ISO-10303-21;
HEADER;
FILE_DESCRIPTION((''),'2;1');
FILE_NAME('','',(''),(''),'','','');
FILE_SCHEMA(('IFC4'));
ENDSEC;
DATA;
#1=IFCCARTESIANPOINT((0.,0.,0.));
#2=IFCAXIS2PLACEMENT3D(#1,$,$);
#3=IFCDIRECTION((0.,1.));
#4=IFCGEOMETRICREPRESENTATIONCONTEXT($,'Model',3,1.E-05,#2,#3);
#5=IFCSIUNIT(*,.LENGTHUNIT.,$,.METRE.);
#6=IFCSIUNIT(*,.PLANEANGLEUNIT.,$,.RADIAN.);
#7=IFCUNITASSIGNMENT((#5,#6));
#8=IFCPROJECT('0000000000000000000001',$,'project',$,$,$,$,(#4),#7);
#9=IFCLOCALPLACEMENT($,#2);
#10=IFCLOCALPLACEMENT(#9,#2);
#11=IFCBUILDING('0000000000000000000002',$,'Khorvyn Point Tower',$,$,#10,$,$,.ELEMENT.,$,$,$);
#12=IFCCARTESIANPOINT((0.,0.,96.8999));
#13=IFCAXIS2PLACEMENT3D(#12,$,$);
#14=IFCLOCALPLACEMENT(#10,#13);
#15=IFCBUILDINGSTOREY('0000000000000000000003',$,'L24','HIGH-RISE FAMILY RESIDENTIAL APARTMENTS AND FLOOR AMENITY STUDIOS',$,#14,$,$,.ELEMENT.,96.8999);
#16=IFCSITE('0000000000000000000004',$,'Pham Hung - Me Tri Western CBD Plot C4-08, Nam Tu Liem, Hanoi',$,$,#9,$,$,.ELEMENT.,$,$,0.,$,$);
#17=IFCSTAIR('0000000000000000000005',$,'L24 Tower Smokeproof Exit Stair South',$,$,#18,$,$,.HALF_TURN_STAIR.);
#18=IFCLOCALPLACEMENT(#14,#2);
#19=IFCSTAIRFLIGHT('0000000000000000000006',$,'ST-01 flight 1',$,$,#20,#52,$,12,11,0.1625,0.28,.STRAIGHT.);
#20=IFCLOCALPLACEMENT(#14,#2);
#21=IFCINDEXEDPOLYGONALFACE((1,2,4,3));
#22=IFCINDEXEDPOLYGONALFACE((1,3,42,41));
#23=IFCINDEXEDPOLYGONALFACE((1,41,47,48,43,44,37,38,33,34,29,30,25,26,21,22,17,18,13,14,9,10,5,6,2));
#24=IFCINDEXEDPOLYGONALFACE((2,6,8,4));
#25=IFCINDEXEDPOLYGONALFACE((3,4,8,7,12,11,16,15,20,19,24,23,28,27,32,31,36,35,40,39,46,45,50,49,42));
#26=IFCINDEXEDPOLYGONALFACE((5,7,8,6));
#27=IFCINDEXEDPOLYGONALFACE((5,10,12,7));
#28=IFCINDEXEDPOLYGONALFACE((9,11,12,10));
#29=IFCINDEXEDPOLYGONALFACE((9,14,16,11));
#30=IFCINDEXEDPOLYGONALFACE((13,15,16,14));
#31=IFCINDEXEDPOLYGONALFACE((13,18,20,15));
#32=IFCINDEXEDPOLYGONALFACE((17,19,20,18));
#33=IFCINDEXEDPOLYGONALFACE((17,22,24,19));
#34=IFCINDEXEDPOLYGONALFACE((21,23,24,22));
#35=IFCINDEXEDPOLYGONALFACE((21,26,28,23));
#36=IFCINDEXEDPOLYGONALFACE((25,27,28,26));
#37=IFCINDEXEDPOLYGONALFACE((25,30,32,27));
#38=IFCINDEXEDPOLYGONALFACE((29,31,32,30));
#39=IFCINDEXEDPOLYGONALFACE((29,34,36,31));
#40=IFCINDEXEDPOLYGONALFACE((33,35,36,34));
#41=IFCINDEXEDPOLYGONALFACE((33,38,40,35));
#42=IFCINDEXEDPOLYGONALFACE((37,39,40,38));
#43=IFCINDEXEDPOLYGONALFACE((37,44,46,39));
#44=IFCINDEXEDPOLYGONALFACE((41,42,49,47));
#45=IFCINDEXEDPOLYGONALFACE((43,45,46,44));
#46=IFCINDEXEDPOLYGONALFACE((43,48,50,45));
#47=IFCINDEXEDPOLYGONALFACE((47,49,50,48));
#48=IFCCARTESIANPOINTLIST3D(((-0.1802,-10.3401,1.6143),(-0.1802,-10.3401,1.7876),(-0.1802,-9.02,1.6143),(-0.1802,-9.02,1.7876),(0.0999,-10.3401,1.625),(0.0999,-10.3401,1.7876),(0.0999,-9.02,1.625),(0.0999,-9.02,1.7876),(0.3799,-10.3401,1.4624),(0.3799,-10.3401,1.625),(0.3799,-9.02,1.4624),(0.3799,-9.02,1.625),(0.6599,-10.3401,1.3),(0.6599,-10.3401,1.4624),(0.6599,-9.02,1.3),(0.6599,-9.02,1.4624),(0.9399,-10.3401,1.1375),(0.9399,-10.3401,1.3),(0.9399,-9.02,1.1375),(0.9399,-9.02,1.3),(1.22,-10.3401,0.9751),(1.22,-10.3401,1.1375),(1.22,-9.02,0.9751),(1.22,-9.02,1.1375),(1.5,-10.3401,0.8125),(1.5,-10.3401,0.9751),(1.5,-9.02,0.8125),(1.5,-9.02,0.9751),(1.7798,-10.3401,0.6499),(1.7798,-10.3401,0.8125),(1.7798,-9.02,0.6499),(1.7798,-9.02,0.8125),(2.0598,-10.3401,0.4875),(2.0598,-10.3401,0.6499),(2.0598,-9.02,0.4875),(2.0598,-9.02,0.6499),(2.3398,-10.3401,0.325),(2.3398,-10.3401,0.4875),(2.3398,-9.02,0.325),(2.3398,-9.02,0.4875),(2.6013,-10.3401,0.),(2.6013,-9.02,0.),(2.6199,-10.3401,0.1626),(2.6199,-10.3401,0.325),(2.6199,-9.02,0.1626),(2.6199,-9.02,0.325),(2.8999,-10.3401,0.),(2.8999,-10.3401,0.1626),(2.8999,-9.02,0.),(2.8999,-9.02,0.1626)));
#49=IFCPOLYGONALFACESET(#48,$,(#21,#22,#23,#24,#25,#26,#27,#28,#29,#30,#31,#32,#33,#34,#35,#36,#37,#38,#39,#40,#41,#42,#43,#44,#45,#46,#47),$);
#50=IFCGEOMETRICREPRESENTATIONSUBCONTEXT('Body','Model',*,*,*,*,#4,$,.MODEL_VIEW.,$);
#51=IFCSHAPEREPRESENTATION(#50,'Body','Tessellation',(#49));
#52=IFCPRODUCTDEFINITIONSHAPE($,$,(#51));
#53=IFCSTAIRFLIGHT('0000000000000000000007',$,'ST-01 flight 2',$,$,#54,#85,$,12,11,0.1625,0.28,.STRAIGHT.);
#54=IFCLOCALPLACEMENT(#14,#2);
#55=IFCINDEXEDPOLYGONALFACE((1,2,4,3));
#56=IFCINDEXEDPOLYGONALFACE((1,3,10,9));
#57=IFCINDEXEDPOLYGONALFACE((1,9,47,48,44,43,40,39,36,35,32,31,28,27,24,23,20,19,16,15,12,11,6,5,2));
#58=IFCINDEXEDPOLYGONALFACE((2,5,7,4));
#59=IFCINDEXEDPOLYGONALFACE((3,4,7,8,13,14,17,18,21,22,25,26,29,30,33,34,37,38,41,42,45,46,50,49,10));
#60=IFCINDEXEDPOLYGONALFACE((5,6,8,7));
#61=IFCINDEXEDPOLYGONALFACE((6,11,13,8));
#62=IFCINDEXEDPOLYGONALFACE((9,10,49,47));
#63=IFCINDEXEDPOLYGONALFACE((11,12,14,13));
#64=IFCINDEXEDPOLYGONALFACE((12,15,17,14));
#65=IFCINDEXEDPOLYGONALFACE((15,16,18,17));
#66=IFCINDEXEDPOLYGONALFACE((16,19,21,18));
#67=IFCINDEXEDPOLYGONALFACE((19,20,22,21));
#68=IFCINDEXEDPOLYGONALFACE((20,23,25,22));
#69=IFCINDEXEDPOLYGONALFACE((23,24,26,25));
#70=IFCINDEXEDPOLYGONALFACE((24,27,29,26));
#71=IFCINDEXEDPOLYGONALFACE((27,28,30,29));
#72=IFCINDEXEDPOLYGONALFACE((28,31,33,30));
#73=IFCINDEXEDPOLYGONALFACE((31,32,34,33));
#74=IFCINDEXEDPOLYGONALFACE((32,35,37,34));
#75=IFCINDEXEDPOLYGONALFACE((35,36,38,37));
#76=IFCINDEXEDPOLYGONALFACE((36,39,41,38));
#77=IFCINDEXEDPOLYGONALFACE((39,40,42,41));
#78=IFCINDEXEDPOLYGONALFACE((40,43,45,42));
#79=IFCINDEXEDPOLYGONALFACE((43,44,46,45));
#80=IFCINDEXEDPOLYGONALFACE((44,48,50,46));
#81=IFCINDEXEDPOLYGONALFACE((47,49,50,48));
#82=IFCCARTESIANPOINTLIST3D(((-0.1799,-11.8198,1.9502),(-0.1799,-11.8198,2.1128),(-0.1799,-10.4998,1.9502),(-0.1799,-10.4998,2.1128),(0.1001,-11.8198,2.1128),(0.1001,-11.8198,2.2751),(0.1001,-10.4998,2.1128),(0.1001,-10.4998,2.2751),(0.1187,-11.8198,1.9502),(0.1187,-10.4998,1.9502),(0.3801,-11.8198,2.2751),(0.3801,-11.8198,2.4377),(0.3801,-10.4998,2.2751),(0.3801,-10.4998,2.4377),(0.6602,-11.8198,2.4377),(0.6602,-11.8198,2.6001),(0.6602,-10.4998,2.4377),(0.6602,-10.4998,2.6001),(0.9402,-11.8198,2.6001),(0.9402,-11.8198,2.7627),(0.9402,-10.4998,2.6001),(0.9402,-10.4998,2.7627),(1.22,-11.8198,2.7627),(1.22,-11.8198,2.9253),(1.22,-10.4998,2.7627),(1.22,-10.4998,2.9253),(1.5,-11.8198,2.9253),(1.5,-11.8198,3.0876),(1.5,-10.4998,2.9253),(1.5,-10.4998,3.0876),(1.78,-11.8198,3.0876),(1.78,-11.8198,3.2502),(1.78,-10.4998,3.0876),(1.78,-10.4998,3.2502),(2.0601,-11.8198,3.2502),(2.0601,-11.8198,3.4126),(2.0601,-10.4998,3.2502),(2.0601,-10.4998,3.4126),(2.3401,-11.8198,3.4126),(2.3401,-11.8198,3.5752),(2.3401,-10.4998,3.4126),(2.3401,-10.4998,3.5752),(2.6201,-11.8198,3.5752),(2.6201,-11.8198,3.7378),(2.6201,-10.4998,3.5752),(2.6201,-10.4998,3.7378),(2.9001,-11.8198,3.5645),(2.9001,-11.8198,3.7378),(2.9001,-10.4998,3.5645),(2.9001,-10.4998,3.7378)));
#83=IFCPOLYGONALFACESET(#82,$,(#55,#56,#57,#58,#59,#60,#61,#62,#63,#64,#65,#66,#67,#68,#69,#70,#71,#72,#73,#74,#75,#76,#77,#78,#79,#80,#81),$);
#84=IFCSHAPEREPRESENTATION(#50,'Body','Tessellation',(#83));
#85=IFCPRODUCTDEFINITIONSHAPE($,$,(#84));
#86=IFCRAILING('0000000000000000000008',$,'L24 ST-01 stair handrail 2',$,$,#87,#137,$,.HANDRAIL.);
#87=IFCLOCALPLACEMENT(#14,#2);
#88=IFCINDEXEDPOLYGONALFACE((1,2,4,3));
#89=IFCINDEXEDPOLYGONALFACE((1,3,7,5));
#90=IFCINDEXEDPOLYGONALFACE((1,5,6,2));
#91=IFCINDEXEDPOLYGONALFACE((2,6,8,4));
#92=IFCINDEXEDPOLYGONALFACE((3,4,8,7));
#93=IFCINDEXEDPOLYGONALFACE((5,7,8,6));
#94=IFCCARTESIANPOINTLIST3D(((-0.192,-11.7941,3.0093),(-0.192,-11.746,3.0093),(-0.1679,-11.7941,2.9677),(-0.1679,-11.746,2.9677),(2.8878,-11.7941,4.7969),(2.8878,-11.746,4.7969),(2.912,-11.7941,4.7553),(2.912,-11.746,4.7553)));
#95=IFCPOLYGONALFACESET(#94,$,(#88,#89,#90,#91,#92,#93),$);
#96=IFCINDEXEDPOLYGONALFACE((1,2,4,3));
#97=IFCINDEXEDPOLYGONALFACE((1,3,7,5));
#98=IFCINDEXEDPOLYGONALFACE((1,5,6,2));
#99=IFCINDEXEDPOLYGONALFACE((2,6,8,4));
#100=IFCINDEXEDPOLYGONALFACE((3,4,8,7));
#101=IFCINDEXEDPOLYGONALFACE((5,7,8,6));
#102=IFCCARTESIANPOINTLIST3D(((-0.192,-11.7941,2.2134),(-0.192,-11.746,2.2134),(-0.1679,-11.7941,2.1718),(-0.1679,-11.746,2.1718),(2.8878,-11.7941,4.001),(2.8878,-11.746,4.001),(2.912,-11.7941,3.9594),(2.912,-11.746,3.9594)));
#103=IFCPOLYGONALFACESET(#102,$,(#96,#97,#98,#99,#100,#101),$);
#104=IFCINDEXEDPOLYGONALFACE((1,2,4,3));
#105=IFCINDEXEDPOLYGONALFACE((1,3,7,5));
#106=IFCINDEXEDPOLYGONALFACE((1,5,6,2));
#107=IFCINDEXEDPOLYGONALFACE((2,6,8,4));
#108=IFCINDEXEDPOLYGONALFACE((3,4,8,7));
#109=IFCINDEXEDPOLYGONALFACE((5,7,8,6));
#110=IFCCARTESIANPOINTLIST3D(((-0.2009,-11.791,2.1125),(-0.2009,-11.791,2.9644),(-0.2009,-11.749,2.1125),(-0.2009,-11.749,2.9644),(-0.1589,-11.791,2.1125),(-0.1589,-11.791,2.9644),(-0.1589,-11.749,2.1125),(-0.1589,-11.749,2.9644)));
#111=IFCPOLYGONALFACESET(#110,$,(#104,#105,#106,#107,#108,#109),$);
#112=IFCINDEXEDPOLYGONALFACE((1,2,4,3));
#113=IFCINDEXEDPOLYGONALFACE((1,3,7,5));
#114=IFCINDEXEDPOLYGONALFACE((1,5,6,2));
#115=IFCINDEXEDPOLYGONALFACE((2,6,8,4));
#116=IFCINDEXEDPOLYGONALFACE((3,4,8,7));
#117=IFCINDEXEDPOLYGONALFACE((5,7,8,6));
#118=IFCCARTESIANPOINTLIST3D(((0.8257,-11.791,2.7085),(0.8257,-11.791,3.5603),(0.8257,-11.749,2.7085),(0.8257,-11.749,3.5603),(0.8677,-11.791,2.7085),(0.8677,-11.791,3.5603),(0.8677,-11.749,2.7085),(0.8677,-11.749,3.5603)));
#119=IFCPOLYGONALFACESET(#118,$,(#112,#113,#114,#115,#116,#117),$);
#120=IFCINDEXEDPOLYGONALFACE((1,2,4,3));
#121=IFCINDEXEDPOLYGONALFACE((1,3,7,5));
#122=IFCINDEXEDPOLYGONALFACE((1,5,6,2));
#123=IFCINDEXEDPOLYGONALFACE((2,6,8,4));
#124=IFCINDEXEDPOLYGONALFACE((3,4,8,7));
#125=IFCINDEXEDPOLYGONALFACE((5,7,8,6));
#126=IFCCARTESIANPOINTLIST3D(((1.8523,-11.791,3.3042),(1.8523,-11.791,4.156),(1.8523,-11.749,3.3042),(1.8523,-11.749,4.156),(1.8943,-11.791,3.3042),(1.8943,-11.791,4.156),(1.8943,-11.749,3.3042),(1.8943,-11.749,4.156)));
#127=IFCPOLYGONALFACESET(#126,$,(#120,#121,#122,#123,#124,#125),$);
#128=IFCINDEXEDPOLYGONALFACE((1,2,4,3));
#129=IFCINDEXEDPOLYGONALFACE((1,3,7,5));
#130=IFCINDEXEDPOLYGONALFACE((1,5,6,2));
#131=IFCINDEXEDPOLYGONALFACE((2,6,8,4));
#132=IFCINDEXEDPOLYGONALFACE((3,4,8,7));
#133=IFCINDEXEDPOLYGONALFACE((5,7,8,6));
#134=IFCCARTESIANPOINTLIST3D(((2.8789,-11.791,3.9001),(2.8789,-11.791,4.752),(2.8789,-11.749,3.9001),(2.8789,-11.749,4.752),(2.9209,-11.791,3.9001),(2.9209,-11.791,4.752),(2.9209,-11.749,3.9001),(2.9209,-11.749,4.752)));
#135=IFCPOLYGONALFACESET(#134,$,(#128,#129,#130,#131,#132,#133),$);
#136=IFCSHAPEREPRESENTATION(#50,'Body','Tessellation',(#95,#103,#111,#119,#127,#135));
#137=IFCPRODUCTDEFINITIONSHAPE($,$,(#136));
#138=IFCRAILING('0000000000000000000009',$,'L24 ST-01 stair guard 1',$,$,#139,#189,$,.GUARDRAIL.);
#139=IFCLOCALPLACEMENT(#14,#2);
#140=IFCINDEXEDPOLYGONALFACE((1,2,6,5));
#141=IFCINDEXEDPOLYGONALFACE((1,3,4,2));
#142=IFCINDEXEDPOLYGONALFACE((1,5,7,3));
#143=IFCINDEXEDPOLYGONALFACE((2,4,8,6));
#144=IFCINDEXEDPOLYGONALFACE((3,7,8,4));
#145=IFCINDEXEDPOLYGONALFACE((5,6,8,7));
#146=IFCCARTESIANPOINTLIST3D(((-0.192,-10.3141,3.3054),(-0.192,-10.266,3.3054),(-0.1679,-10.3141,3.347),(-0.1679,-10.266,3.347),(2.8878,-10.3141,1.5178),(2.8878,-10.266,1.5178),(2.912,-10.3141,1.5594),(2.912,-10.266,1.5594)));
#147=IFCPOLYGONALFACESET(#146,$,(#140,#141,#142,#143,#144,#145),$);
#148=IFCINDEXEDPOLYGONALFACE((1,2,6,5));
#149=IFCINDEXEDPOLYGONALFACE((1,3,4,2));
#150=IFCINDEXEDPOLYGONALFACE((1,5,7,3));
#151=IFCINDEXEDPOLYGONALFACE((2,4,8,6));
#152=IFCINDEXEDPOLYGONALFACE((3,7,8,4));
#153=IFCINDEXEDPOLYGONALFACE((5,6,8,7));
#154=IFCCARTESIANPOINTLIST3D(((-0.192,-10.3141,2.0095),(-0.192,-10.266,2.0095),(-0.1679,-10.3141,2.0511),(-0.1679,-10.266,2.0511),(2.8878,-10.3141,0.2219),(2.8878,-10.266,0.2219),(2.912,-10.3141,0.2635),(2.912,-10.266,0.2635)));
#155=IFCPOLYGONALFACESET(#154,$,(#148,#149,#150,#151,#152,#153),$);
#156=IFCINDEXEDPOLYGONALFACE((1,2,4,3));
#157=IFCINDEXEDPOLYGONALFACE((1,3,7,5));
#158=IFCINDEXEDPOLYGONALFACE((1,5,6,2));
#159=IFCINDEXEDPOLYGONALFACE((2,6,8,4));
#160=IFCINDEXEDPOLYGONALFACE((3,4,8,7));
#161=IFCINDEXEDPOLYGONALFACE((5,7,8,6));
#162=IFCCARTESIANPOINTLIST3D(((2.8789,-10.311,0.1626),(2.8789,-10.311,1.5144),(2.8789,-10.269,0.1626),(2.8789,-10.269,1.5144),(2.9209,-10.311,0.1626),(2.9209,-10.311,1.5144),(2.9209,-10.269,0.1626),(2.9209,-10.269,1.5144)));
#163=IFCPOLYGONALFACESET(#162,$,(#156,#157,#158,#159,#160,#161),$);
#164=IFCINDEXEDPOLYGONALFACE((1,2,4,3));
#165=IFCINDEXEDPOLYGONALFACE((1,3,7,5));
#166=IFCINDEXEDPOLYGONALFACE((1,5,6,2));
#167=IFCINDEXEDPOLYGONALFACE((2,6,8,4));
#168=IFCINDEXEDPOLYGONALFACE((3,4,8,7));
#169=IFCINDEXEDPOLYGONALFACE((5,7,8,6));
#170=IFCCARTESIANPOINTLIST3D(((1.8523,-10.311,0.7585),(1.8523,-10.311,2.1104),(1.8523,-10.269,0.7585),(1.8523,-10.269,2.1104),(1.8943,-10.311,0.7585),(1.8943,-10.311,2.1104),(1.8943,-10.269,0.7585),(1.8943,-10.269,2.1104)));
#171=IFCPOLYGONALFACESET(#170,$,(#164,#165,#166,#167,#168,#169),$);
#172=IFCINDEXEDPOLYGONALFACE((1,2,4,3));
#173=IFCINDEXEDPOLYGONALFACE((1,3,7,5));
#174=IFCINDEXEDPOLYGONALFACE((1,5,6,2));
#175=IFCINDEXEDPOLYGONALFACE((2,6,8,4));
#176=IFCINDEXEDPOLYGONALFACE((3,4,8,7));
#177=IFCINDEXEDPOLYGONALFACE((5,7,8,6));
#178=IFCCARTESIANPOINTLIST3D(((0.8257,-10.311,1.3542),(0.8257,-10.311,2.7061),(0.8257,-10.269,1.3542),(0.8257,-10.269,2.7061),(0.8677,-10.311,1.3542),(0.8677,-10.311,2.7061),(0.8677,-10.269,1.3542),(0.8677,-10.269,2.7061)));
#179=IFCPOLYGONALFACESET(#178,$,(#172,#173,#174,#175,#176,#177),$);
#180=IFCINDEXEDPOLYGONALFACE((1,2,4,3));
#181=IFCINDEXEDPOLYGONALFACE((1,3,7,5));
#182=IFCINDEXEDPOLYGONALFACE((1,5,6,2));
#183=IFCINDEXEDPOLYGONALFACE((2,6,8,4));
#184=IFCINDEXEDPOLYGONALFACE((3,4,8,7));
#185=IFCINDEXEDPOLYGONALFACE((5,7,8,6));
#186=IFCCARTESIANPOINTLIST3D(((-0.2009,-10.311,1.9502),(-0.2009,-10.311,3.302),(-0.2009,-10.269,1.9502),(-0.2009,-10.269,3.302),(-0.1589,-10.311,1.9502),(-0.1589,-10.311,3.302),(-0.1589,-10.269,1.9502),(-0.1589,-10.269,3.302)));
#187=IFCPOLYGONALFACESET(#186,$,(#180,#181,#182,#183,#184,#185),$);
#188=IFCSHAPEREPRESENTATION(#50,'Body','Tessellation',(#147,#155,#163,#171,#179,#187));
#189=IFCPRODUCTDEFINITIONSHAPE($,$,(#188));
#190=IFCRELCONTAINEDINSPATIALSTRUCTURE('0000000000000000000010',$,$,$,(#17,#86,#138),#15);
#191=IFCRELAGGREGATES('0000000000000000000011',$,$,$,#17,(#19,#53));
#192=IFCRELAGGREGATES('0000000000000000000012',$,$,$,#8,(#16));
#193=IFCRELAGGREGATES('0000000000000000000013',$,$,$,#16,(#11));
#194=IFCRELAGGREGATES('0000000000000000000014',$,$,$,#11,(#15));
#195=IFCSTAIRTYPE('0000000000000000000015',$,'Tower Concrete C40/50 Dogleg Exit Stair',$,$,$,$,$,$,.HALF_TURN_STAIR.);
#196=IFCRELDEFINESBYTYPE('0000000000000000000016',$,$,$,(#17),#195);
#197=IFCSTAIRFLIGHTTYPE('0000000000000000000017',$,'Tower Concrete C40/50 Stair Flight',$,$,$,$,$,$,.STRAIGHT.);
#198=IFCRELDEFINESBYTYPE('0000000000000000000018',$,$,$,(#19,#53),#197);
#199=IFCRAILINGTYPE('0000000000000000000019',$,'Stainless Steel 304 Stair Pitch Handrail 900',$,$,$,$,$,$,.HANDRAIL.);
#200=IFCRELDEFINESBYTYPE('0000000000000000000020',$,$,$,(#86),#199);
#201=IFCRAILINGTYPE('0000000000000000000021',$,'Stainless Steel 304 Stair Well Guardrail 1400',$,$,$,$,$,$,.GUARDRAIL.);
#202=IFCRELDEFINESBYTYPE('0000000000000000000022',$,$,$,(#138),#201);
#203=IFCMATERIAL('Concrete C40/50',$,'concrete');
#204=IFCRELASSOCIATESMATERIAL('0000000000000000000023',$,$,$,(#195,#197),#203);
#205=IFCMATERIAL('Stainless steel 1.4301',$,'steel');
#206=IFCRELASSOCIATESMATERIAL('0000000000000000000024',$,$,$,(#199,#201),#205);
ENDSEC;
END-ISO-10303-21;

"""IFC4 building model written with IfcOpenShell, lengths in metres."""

from ifc_helpers import new_model, si_unit, direction, frame, origin, origin_2d, place, context, subcontext, project, spatial, polyline, rectangle, outline, extrude, material, type_object, element, aggregate, save


model = new_model("IFC4")

# Units and contexts
model_context = context("Model", 3, precision=1e-05, world=origin(), true_north=direction((0.0, 1.0)))
body_context = subcontext(model_context, "Body", "Model", "MODEL_VIEW")
ifc_project = project(units=[si_unit("LENGTHUNIT", "METRE"), si_unit("PLANEANGLEUNIT", "RADIAN")], contexts=[model_context])

# Site, building, storey
site_placement = place(None, origin())
site = spatial("IfcSite", under=ifc_project, at=site_placement, Name="Pham Hung - Me Tri Western CBD Plot C4-08, Nam Tu Liem, Hanoi", CompositionType="ELEMENT", RefElevation=0.0)
building_placement = place(site_placement, origin())
building = spatial("IfcBuilding", under=site, at=building_placement, Name="Khorvyn Point Tower", CompositionType="ELEMENT")
storey_placement = place(building_placement, frame((0.0, 0.0, 96.8999)))
storey = spatial("IfcBuildingStorey", under=building, at=storey_placement, Name="L24", Description="HIGH-RISE FAMILY RESIDENTIAL APARTMENTS AND FLOOR AMENITY STUDIOS", CompositionType="ELEMENT", Elevation=96.8999)

# Shared definitions
ifc_material_1 = material(Name="Concrete C40/50", Category="concrete")

# Stair, stair flights
stair_type = type_object("IfcStairType", Name="Tower Concrete C40/50 Dogleg Exit Stair", PredefinedType="HALF_TURN_STAIR", material=ifc_material_1)
stair_placement = place(storey_placement, origin())
stair = element("IfcStair", 1, at=stair_placement, inside=storey, type_object=stair_type, Name="L24 Tower Smokeproof Exit Stair South", PredefinedType="HALF_TURN_STAIR")
stair_flight_type = type_object("IfcStairFlightType", Name="Tower Concrete C40/50 Stair Flight", PredefinedType="STRAIGHT", material=ifc_material_1)
stair_flight_1_placement = place(storey_placement, frame((2.8999, -9.6799, 0.0), z_axis=(0.0, 0.0, 1.0), x_axis=(-1.0, 0.0, 0.0)))
stair_flight_1 = element("IfcStairFlight", 2, at=stair_flight_1_placement, type_object=stair_flight_type, Name="ST-01 flight 1", NumberOfRisers=12, NumberOfTreads=11, PredefinedType="STRAIGHT", RiserHeight=0.1625, TreadLength=0.28, context=body_context, shape_type="SweptSolid", body=[
    extrude(outline(polyline([(0.0, 0.0), (0.0, 0.1626), (0.28, 0.1626), (0.28, 0.325), (0.5601, 0.325), (0.5601, 0.4875), (0.8401, 0.4875), (0.8401, 0.6499), (1.1201, 0.6499), (1.1201, 0.8125), (1.3999, 0.8125), (1.3999, 0.9751), (1.6799, 0.9751), (1.6799, 1.1375), (1.96, 1.1375), (1.96, 1.3), (2.24, 1.3), (2.24, 1.4624), (2.52, 1.4624), (2.52, 1.625), (2.8, 1.625), (2.8, 1.7876), (3.0801, 1.7876), (3.0801, 1.95), (3.0801, 1.6143), (0.2986, 0.0), (0.0, 0.0)])), frame((0.0, 0.6602, 0.0), z_axis=(0.0, -1.0, 0.0), x_axis=(1.0, 0.0, 0.0)), (0.0, 0.0, 1.0), 1.3201),
])
stair_flight_2_placement = place(storey_placement, frame((-0.1799, -11.1599, 1.9502), z_axis=(0.0, 0.0, 1.0), x_axis=(1.0, 0.0, 0.0)))
stair_flight_2 = element("IfcStairFlight", 3, at=stair_flight_2_placement, type_object=stair_flight_type, Name="ST-01 flight 2", NumberOfRisers=12, NumberOfTreads=11, PredefinedType="STRAIGHT", RiserHeight=0.1625, TreadLength=0.28, context=body_context, shape_type="SweptSolid", body=[
    extrude(outline(polyline([(0.0, 0.0), (0.0, 0.1626), (0.28, 0.1626), (0.28, 0.325), (0.5601, 0.325), (0.5601, 0.4875), (0.8401, 0.4875), (0.8401, 0.6499), (1.1201, 0.6499), (1.1201, 0.8125), (1.3999, 0.8125), (1.3999, 0.9751), (1.6799, 0.9751), (1.6799, 1.1375), (1.96, 1.1375), (1.96, 1.3), (2.24, 1.3), (2.24, 1.4624), (2.52, 1.4624), (2.52, 1.625), (2.8, 1.625), (2.8, 1.7876), (3.0801, 1.7876), (3.0801, 1.95), (3.0801, 1.6143), (0.2986, 0.0), (0.0, 0.0)])), frame((0.0, 0.6602, 0.0), z_axis=(0.0, -1.0, 0.0), x_axis=(1.0, 0.0, 0.0)), (0.0, 0.0, 1.0), 1.3201),
])
aggregate(stair, [stair_flight_1, stair_flight_2])

# Railings
ifc_material_2 = material(Name="Stainless steel 1.4301", Category="steel")
railing_type_1 = type_object("IfcRailingType", Name="Stainless Steel 304 Stair Pitch Handrail 900", PredefinedType="HANDRAIL", material=ifc_material_2)
railing_1_placement = place(storey_placement, frame((-0.1799, -11.77, 2.1125)))
element("IfcRailing", 4, at=railing_1_placement, inside=storey, type_object=railing_type_1, Name="L24 ST-01 stair handrail 2", PredefinedType="HANDRAIL", context=body_context, shape_type="SweptSolid", body=[
    extrude(rectangle(XDim=0.0481, YDim=0.0481, at=origin_2d()), frame((0.0, 0.0, 0.876), z_axis=(0.864873, 0.0, 0.50199), x_axis=(0.0, 1.0, 0.0)), (0.0, 0.0, 1.0), 3.561),
    extrude(rectangle(XDim=0.0481, YDim=0.0481, at=origin_2d()), frame((0.0, 0.0, 0.0801), z_axis=(0.864873, 0.0, 0.50199), x_axis=(0.0, 1.0, 0.0)), (0.0, 0.0, 1.0), 3.561),
    extrude(rectangle(XDim=0.042, YDim=0.042, at=origin_2d()), origin(), (0.0, 0.0, 1.0), 0.8518),
    extrude(rectangle(XDim=0.042, YDim=0.042, at=origin_2d()), frame((1.0266, 0.0, 0.5959)), (0.0, 0.0, 1.0), 0.8518),
    extrude(rectangle(XDim=0.042, YDim=0.042, at=origin_2d()), frame((2.0532, 0.0, 1.1917)), (0.0, 0.0, 1.0), 0.8518),
    extrude(rectangle(XDim=0.042, YDim=0.042, at=origin_2d()), frame((3.0798, 0.0, 1.7876)), (0.0, 0.0, 1.0), 0.8518),
])
railing_type_2 = type_object("IfcRailingType", Name="Stainless Steel 304 Stair Well Guardrail 1400", PredefinedType="GUARDRAIL", material=ifc_material_2)
railing_2_placement = place(storey_placement, frame((2.8999, -10.29, 0.1626)))
element("IfcRailing", 5, at=railing_2_placement, inside=storey, type_object=railing_type_2, Name="L24 ST-01 stair guard 1", PredefinedType="GUARDRAIL", context=body_context, shape_type="SweptSolid", body=[
    extrude(rectangle(XDim=0.0481, YDim=0.0481, at=origin_2d()), frame((0.0, 0.0, 1.376), z_axis=(-0.864873, 0.0, 0.50199), x_axis=(0.0, -1.0, 0.0)), (0.0, 0.0, 1.0), 3.561),
    extrude(rectangle(XDim=0.0481, YDim=0.0481, at=origin_2d()), frame((0.0, 0.0, 0.0801), z_axis=(-0.864873, 0.0, 0.50199), x_axis=(0.0, -1.0, 0.0)), (0.0, 0.0, 1.0), 3.561),
    extrude(rectangle(XDim=0.042, YDim=0.042, at=origin_2d()), origin(), (0.0, 0.0, 1.0), 1.3518),
    extrude(rectangle(XDim=0.042, YDim=0.042, at=origin_2d()), frame((-1.0266, 0.0, 0.5959)), (0.0, 0.0, 1.0), 1.3518),
    extrude(rectangle(XDim=0.042, YDim=0.042, at=origin_2d()), frame((-2.0532, 0.0, 1.1917)), (0.0, 0.0, 1.0), 1.3518),
    extrude(rectangle(XDim=0.042, YDim=0.042, at=origin_2d()), frame((-3.0798, 0.0, 1.7876)), (0.0, 0.0, 1.0), 1.3518),
])

save(model, "model.ifc")
